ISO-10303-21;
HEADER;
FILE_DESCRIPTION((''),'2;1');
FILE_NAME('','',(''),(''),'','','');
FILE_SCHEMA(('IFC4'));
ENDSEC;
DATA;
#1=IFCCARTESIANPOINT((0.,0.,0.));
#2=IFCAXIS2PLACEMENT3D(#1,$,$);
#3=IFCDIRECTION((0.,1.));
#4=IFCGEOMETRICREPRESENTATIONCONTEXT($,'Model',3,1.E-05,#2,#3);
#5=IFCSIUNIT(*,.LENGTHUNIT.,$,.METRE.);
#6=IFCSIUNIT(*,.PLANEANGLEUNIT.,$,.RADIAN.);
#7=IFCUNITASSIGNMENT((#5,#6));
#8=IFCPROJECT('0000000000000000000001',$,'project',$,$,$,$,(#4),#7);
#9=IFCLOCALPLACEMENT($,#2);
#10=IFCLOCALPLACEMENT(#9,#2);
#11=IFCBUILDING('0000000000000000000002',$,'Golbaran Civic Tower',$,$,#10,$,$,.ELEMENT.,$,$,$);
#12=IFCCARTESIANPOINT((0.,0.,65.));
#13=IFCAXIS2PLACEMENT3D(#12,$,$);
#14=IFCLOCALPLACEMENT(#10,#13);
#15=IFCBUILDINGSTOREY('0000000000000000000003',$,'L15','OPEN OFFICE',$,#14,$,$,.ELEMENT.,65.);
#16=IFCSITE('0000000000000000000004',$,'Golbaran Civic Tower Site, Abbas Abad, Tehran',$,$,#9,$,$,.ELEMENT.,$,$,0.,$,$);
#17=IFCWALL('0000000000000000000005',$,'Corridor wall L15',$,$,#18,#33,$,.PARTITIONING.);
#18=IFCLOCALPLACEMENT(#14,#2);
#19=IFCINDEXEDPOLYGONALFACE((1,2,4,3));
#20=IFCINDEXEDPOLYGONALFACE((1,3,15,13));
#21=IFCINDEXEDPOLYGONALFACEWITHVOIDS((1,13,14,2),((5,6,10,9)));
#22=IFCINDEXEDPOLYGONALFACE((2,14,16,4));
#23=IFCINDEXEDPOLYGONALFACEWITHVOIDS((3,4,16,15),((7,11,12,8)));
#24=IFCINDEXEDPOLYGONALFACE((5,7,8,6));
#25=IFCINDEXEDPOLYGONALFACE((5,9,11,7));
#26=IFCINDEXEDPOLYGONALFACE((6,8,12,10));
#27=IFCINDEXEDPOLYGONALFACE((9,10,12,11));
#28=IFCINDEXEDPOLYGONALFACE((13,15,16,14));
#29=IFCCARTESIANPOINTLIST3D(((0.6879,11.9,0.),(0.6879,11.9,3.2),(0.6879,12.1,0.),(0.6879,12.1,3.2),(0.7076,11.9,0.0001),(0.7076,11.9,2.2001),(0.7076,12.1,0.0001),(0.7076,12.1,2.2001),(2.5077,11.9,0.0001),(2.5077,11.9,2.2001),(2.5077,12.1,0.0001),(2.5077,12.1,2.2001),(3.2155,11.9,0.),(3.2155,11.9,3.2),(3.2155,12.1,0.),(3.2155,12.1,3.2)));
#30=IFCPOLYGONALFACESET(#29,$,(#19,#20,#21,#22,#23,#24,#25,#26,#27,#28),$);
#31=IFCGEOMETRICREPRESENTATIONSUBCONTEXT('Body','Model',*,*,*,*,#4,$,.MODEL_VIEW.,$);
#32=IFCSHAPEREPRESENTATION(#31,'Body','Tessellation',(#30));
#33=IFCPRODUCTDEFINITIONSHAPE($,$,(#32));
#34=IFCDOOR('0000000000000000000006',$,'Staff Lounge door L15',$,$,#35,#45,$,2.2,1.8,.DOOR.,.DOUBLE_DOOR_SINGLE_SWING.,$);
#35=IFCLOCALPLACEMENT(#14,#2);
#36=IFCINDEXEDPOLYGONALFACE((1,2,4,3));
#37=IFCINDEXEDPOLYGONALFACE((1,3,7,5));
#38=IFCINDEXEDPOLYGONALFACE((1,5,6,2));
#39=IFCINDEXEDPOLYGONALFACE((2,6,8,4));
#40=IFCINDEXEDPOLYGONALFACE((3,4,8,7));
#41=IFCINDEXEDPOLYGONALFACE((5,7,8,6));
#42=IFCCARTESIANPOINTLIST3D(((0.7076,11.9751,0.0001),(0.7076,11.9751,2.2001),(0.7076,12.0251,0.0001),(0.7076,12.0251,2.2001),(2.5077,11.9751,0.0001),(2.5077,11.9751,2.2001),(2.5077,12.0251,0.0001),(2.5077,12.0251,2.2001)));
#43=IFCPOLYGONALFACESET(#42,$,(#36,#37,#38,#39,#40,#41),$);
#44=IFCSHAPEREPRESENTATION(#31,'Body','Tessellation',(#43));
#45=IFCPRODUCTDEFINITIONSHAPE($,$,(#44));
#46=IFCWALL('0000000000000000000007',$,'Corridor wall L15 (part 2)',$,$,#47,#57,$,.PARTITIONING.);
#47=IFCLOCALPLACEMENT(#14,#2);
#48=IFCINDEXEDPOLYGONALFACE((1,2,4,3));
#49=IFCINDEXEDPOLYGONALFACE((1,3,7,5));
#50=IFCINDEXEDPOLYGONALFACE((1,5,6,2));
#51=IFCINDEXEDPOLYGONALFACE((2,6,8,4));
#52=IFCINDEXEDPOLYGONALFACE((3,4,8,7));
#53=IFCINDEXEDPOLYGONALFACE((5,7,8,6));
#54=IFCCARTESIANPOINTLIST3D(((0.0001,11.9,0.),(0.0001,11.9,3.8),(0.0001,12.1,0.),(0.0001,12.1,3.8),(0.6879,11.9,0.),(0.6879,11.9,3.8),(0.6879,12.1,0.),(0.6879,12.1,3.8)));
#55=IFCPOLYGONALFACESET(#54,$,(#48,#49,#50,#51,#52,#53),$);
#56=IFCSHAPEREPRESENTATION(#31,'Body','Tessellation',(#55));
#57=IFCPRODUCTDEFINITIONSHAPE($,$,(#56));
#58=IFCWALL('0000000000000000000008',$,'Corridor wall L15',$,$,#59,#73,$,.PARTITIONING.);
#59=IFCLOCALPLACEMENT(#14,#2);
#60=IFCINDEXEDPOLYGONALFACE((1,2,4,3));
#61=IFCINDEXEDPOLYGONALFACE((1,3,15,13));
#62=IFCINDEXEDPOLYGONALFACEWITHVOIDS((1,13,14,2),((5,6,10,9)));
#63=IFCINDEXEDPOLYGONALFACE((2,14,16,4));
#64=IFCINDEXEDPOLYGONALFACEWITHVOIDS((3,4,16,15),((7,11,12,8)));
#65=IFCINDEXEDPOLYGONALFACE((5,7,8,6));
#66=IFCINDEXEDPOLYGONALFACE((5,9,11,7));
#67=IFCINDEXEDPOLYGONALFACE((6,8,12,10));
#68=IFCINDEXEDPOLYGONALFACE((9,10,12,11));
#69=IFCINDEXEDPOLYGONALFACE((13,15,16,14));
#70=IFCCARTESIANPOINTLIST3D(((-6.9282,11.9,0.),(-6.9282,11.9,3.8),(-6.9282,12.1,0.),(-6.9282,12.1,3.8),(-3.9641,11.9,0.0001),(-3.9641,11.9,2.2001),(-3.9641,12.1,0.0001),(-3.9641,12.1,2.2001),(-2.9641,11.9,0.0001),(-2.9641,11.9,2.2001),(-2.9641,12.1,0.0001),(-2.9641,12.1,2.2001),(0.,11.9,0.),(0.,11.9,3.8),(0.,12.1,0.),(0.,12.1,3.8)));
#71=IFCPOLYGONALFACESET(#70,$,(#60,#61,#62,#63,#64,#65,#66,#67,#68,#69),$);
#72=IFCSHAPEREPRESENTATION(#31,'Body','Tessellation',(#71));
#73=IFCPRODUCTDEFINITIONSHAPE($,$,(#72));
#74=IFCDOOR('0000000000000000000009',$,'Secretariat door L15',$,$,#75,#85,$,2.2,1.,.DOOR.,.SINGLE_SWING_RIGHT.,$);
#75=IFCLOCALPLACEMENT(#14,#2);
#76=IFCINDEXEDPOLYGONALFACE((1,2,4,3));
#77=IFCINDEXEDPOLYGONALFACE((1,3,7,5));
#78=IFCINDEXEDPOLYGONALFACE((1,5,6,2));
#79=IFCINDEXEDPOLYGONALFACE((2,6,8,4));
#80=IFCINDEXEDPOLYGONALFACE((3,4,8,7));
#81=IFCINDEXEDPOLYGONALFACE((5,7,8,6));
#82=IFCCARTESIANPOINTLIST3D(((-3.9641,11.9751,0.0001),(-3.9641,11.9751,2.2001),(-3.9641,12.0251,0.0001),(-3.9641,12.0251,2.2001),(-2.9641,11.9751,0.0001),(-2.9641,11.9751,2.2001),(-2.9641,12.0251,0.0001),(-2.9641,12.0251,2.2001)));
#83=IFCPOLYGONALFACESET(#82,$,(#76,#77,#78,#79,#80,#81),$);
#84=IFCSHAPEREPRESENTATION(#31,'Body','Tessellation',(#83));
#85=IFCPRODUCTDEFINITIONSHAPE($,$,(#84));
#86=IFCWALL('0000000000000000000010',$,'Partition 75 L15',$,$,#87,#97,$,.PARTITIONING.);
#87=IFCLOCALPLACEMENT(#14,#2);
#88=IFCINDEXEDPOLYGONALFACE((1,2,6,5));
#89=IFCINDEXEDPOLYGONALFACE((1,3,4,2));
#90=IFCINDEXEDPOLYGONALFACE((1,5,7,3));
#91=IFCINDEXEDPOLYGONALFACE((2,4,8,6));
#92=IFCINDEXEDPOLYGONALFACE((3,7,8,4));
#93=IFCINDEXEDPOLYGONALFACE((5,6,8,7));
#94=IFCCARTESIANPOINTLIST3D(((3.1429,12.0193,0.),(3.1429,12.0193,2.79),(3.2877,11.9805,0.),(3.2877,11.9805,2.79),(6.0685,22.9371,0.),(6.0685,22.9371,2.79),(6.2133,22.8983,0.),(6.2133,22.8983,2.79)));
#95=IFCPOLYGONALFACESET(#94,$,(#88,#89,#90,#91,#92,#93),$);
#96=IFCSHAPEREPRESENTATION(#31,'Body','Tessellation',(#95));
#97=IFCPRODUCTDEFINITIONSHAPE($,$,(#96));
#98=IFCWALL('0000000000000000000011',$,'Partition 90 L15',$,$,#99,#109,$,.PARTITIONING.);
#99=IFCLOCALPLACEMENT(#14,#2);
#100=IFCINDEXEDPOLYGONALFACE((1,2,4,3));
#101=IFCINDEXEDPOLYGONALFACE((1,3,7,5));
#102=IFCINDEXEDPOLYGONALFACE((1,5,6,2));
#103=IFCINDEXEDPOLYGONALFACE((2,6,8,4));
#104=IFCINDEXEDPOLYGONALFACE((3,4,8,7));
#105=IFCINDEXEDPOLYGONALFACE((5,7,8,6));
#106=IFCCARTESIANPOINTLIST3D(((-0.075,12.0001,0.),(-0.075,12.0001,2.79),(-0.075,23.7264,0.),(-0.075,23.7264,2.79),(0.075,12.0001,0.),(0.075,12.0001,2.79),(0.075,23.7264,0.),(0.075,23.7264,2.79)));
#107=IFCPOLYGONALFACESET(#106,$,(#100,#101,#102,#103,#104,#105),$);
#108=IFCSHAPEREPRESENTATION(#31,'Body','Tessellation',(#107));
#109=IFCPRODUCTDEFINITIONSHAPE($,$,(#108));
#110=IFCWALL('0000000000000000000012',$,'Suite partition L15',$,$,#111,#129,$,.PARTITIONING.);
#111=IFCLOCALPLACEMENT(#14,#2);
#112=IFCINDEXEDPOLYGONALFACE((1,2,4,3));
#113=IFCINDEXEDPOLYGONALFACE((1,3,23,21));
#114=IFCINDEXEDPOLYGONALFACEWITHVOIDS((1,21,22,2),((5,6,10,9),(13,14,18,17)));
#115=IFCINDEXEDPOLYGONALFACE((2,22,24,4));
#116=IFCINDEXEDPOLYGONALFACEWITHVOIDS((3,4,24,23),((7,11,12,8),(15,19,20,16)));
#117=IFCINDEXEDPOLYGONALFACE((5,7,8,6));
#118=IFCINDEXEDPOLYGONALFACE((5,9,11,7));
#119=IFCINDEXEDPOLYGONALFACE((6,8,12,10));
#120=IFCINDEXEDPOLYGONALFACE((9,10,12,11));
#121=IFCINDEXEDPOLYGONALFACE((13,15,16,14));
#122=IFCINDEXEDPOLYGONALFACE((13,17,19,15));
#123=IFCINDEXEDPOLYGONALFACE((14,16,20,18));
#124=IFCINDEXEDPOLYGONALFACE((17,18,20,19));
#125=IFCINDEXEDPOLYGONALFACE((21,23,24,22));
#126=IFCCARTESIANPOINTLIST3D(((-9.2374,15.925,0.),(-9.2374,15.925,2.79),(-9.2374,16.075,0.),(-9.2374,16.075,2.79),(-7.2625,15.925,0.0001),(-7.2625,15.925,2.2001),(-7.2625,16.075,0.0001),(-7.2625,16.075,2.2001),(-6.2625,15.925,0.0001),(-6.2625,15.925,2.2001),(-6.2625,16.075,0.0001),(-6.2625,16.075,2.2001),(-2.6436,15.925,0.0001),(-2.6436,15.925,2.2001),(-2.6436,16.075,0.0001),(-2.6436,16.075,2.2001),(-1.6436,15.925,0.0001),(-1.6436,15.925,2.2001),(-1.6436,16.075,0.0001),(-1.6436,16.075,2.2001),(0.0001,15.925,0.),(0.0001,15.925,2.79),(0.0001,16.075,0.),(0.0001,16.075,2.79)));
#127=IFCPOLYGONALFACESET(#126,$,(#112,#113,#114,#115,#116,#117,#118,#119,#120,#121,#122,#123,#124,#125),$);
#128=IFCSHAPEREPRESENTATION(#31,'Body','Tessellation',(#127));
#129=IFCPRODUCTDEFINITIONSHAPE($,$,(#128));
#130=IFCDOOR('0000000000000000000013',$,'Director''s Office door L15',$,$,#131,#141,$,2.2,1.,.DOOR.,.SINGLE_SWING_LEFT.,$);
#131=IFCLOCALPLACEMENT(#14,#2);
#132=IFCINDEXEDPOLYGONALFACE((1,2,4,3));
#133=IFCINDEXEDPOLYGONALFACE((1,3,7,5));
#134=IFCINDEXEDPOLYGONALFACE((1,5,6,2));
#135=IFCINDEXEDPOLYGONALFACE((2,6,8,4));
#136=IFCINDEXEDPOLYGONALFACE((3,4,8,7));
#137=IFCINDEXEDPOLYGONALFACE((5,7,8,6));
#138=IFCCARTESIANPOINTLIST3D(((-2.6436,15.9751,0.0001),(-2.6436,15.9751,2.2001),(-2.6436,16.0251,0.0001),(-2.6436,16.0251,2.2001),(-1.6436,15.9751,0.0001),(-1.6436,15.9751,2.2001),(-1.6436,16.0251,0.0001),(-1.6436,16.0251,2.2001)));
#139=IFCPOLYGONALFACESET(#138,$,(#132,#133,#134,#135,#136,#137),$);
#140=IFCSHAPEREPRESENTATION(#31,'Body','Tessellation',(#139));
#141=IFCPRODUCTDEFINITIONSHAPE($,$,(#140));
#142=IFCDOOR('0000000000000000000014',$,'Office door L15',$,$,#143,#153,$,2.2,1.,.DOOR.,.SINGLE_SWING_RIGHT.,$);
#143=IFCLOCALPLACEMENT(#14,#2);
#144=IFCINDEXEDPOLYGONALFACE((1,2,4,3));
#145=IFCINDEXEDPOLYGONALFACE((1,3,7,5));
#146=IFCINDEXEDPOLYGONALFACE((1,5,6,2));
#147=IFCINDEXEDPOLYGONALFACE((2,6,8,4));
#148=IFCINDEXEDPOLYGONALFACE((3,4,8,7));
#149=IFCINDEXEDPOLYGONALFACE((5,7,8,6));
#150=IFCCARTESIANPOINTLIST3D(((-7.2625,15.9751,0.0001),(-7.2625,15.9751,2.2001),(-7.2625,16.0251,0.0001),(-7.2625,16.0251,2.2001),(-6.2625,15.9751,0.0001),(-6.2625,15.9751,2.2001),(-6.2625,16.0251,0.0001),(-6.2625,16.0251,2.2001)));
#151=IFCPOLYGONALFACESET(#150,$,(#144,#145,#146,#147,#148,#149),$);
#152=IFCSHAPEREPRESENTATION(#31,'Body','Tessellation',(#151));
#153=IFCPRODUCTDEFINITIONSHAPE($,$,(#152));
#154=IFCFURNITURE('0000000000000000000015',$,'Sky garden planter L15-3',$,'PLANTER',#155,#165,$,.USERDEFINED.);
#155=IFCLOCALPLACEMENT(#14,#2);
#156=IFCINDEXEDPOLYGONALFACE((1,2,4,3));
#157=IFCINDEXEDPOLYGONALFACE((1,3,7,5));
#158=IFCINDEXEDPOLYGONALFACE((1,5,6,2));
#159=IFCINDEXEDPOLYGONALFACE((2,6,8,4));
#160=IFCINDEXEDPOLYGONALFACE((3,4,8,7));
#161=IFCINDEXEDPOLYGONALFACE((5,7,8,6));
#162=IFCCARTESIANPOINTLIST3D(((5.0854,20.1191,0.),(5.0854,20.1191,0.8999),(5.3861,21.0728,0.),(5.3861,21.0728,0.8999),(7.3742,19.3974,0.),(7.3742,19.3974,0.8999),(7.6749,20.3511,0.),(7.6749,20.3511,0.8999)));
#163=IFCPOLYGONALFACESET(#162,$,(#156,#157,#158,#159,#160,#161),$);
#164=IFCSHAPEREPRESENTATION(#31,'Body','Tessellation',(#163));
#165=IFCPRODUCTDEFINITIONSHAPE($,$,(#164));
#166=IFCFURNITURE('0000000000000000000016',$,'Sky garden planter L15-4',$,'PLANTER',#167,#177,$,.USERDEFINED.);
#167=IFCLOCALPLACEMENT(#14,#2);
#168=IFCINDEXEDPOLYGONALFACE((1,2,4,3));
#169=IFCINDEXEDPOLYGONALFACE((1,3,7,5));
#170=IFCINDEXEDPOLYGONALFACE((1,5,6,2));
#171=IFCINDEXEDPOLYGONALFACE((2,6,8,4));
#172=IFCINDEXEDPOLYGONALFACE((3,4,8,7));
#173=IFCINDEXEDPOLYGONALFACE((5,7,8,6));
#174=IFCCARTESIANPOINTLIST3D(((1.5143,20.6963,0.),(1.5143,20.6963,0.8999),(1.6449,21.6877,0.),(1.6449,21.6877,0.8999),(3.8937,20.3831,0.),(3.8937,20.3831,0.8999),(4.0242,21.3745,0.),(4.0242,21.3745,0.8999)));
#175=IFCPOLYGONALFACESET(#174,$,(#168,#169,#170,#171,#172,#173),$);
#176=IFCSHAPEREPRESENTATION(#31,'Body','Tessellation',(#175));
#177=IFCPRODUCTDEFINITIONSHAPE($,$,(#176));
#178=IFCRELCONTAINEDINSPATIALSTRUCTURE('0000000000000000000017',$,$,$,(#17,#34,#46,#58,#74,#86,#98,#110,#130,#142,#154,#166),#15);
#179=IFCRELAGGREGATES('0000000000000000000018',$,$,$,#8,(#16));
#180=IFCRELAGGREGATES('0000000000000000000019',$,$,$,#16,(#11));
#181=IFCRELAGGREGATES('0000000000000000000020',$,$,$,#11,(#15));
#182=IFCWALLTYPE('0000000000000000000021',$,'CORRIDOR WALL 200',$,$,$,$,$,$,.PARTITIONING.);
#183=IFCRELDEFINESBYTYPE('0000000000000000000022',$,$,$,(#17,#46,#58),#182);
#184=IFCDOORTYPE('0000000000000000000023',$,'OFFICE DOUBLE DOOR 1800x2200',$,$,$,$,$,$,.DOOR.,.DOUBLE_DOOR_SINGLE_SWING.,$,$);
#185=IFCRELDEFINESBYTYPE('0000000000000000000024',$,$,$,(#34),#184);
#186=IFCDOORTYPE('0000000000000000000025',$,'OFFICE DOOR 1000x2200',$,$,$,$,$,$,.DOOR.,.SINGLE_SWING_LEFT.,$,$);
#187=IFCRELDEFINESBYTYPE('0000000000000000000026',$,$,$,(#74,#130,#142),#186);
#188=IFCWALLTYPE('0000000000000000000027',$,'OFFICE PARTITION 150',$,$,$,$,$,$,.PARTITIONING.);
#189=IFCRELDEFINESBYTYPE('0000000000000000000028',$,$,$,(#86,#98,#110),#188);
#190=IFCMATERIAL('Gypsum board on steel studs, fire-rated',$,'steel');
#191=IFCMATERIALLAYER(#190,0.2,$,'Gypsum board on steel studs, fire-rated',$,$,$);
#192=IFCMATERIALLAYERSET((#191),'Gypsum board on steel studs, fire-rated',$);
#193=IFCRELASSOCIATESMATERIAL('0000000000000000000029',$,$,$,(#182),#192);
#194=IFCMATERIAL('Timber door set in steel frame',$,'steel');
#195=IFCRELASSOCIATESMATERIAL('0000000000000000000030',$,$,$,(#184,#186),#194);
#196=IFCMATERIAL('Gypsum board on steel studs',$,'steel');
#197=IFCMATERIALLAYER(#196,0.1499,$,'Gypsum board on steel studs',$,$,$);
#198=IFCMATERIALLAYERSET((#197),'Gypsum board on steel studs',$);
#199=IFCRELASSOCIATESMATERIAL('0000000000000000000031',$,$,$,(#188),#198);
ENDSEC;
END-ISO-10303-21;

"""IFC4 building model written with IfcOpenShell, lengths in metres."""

from ifc_helpers import new_model, si_unit, direction, frame, frame_2d, origin, origin_2d, place, context, subcontext, project, spatial, rectangle, extrude, material, layer, layer_set, type_object, element, fill, save


model = new_model("IFC4")

# Units and contexts
model_context = context("Model", 3, precision=1e-05, world=origin(), true_north=direction((0.0, 1.0)))
body_context = subcontext(model_context, "Body", "Model", "MODEL_VIEW")
ifc_project = project(units=[si_unit("LENGTHUNIT", "METRE"), si_unit("PLANEANGLEUNIT", "RADIAN")], contexts=[model_context])

# Site, building, storey
site_placement = place(None, origin())
site = spatial("IfcSite", under=ifc_project, at=site_placement, Name="Golbaran Civic Tower Site, Abbas Abad, Tehran", CompositionType="ELEMENT", RefElevation=0.0)
building_placement = place(site_placement, origin())
building = spatial("IfcBuilding", under=site, at=building_placement, Name="Golbaran Civic Tower", CompositionType="ELEMENT")
storey_placement = place(building_placement, frame((0.0, 0.0, 65.0)))
storey = spatial("IfcBuildingStorey", under=building, at=storey_placement, Name="L15", Description="OPEN OFFICE", CompositionType="ELEMENT", Elevation=65.0)

# Wall, opening, door
ifc_material_1 = material(Name="Gypsum board on steel studs, fire-rated", Category="steel")
ifc_layer_1 = layer(ifc_material_1, 0.2, Name="Gypsum board on steel studs, fire-rated")
ifc_layer_set_1 = layer_set([ifc_layer_1], Name="Gypsum board on steel studs, fire-rated")
wall_type_1 = type_object("IfcWallType", Name="CORRIDOR WALL 200", PredefinedType="PARTITIONING", material=ifc_layer_set_1)
wall_1_placement = place(storey_placement, frame((3.2153, 12.0, 0.0), z_axis=(0.0, 0.0, 1.0), x_axis=(-1.0, 0.0, 0.0)))
wall_1 = element("IfcWall", 1, at=wall_1_placement, inside=storey, type_object=wall_type_1, Name="Corridor wall L15", PredefinedType="PARTITIONING", context=body_context, shape_type="SweptSolid", body=[
    extrude(rectangle(XDim=2.5276, YDim=0.2, at=frame_2d((1.2637, 0.0))), origin(), (0.0, 0.0, 1.0), 3.2),
])
opening_1_placement = place(wall_1_placement, frame((0.7078, 0.0, 0.0)))
opening_1 = element("IfcOpeningElement", 2, at=opening_1_placement, cuts=wall_1, PredefinedType="OPENING", context=body_context, shape_type="SweptSolid", body=[
    extrude(rectangle(XDim=1.8, YDim=2.2, at=frame_2d((0.8999, 1.1001))), frame((0.0, 0.1099, 0.0), z_axis=(0.0, -1.0, 0.0), x_axis=(1.0, 0.0, 0.0)), (0.0, 0.0, 1.0), 0.22),
])
ifc_material_2 = material(Name="Timber door set in steel frame", Category="steel")
door_type_1 = type_object("IfcDoorType", Name="OFFICE DOUBLE DOOR 1800x2200", OperationType="DOUBLE_DOOR_SINGLE_SWING", PredefinedType="DOOR", material=ifc_material_2)
door_1_placement = place(opening_1_placement, origin())
door_1 = element("IfcDoor", 3, at=door_1_placement, inside=storey, type_object=door_type_1, Name="Staff Lounge door L15", OperationType="DOUBLE_DOOR_SINGLE_SWING", OverallHeight=2.2, OverallWidth=1.8, PredefinedType="DOOR", context=body_context, shape_type="SweptSolid", body=[
    extrude(rectangle(XDim=1.8, YDim=2.2, at=frame_2d((0.8999, 1.1001))), frame((0.0, 0.0249, 0.0), z_axis=(0.0, -1.0, 0.0), x_axis=(1.0, 0.0, 0.0)), (0.0, 0.0, 1.0), 0.05),
])
fill(opening_1, door_1)

# Wall
wall_2_placement = place(storey_placement, frame((0.6877, 12.0, 0.0), z_axis=(0.0, 0.0, 1.0), x_axis=(-1.0, 0.0, 0.0)))
element("IfcWall", 4, at=wall_2_placement, inside=storey, type_object=wall_type_1, Name="Corridor wall L15 (part 2)", PredefinedType="PARTITIONING", context=body_context, shape_type="SweptSolid", body=[
    extrude(rectangle(XDim=0.6877, YDim=0.2, at=frame_2d((0.3438, 0.0))), origin(), (0.0, 0.0, 1.0), 3.8),
])

# Wall, opening, door
wall_3_placement = place(storey_placement, frame((0.0, 12.0, 0.0), z_axis=(0.0, 0.0, 1.0), x_axis=(-1.0, 0.0, 0.0)))
wall_3 = element("IfcWall", 5, at=wall_3_placement, inside=storey, type_object=wall_type_1, Name="Corridor wall L15", PredefinedType="PARTITIONING", context=body_context, shape_type="SweptSolid", body=[
    extrude(rectangle(XDim=6.9282, YDim=0.2, at=frame_2d((3.4641, 0.0))), origin(), (0.0, 0.0, 1.0), 3.8),
])
opening_2_placement = place(wall_3_placement, frame((2.9641, 0.0, 0.0)))
opening_2 = element("IfcOpeningElement", 6, at=opening_2_placement, cuts=wall_3, PredefinedType="OPENING", context=body_context, shape_type="SweptSolid", body=[
    extrude(rectangle(XDim=1.0, YDim=2.2, at=frame_2d((0.5, 1.1001))), frame((0.0, 0.1099, 0.0), z_axis=(0.0, -1.0, 0.0), x_axis=(1.0, 0.0, 0.0)), (0.0, 0.0, 1.0), 0.22),
])
door_type_2 = type_object("IfcDoorType", Name="OFFICE DOOR 1000x2200", OperationType="SINGLE_SWING_LEFT", PredefinedType="DOOR", material=ifc_material_2)
door_2_placement = place(opening_2_placement, origin())
door_2 = element("IfcDoor", 7, at=door_2_placement, inside=storey, type_object=door_type_2, Name="Secretariat door L15", OperationType="SINGLE_SWING_RIGHT", OverallHeight=2.2, OverallWidth=1.0, PredefinedType="DOOR", context=body_context, shape_type="SweptSolid", body=[
    extrude(rectangle(XDim=1.0, YDim=2.2, at=frame_2d((0.5, 1.1001))), frame((0.0, 0.0249, 0.0), z_axis=(0.0, -1.0, 0.0), x_axis=(1.0, 0.0, 0.0)), (0.0, 0.0, 1.0), 0.05),
])
fill(opening_2, door_2)

# Walls
ifc_material_3 = material(Name="Gypsum board on steel studs", Category="steel")
ifc_layer_2 = layer(ifc_material_3, 0.1499, Name="Gypsum board on steel studs")
ifc_layer_set_2 = layer_set([ifc_layer_2], Name="Gypsum board on steel studs")
wall_type_2 = type_object("IfcWallType", Name="OFFICE PARTITION 150", PredefinedType="PARTITIONING", material=ifc_layer_set_2)
wall_4_placement = place(storey_placement, frame((3.2153, 12.0, 0.0), z_axis=(0.0, 0.0, 1.0), x_axis=(0.258831, 0.965923, 0.0)))
element("IfcWall", 8, at=wall_4_placement, inside=storey, type_object=wall_type_2, Name="Partition 75 L15", PredefinedType="PARTITIONING", context=body_context, shape_type="SweptSolid", body=[
    extrude(rectangle(XDim=11.303, YDim=0.1499, at=frame_2d((5.6514, 0.0))), origin(), (0.0, 0.0, 1.0), 2.79),
])
wall_5_placement = place(storey_placement, frame((0.0, 12.0, 0.0), z_axis=(0.0, 0.0, 1.0), x_axis=(0.0, 1.0, 0.0)))
element("IfcWall", 9, at=wall_5_placement, inside=storey, type_object=wall_type_2, Name="Partition 90 L15", PredefinedType="PARTITIONING", context=body_context, shape_type="SweptSolid", body=[
    extrude(rectangle(XDim=11.7263, YDim=0.1499, at=frame_2d((5.8633, 0.0))), origin(), (0.0, 0.0, 1.0), 2.79),
])

# Wall, openings, doors
wall_6_placement = place(storey_placement, frame((0.0, 16.0, 0.0), z_axis=(0.0, 0.0, 1.0), x_axis=(-1.0, 0.0, 0.0)))
wall_6 = element("IfcWall", 10, at=wall_6_placement, inside=storey, type_object=wall_type_2, Name="Suite partition L15", PredefinedType="PARTITIONING", context=body_context, shape_type="SweptSolid", body=[
    extrude(rectangle(XDim=9.2375, YDim=0.1499, at=frame_2d((4.6187, 0.0))), origin(), (0.0, 0.0, 1.0), 2.79),
])
opening_3_placement = place(wall_6_placement, frame((1.6436, 0.0, 0.0)))
opening_3 = element("IfcOpeningElement", 11, at=opening_3_placement, cuts=wall_6, PredefinedType="OPENING", context=body_context, shape_type="SweptSolid", body=[
    extrude(rectangle(XDim=1.0, YDim=2.2, at=frame_2d((0.5, 1.1001))), frame((0.0, 0.085, 0.0), z_axis=(0.0, -1.0, 0.0), x_axis=(1.0, 0.0, 0.0)), (0.0, 0.0, 1.0), 0.1699),
])
opening_4_placement = place(wall_6_placement, frame((6.2625, 0.0, 0.0)))
opening_4 = element("IfcOpeningElement", 12, at=opening_4_placement, cuts=wall_6, PredefinedType="OPENING", context=body_context, shape_type="SweptSolid", body=[
    extrude(rectangle(XDim=1.0, YDim=2.2, at=frame_2d((0.5, 1.1001))), frame((0.0, 0.085, 0.0), z_axis=(0.0, -1.0, 0.0), x_axis=(1.0, 0.0, 0.0)), (0.0, 0.0, 1.0), 0.1699),
])
door_3_placement = place(opening_3_placement, origin())
door_3 = element("IfcDoor", 13, at=door_3_placement, inside=storey, type_object=door_type_2, Name="Director's Office door L15", OperationType="SINGLE_SWING_LEFT", OverallHeight=2.2, OverallWidth=1.0, PredefinedType="DOOR", context=body_context, shape_type="SweptSolid", body=[
    extrude(rectangle(XDim=1.0, YDim=2.2, at=frame_2d((0.5, 1.1001))), frame((0.0, 0.0249, 0.0), z_axis=(0.0, -1.0, 0.0), x_axis=(1.0, 0.0, 0.0)), (0.0, 0.0, 1.0), 0.05),
])
fill(opening_3, door_3)
door_4_placement = place(opening_4_placement, origin())
door_4 = element("IfcDoor", 14, at=door_4_placement, inside=storey, type_object=door_type_2, Name="Office door L15", OperationType="SINGLE_SWING_RIGHT", OverallHeight=2.2, OverallWidth=1.0, PredefinedType="DOOR", context=body_context, shape_type="SweptSolid", body=[
    extrude(rectangle(XDim=1.0, YDim=2.2, at=frame_2d((0.5, 1.1001))), frame((0.0, 0.0249, 0.0), z_axis=(0.0, -1.0, 0.0), x_axis=(1.0, 0.0, 0.0)), (0.0, 0.0, 1.0), 0.05),
])
fill(opening_4, door_4)

# Furniture
for number, where, z_axis, x_axis, name in (
    (15, (6.3801, 20.2351, 0.0), (0.0, 0.0, 1.0), (-0.953717, 0.300706, 0.0), "Sky garden planter L15-3"),
    (16, (2.7693, 21.0354, 0.0), (0.0, 0.0, 1.0), (-0.991445, 0.130526, 0.0), "Sky garden planter L15-4"),
):
    element("IfcFurniture", number, at=place(storey_placement, frame(where, z_axis=z_axis, x_axis=x_axis)), inside=storey, Name=name, ObjectType="PLANTER", PredefinedType="USERDEFINED", context=body_context, shape_type="SweptSolid", body=[
        extrude(rectangle(XDim=2.3999, YDim=1.0, at=origin_2d()), origin(), (0.0, 0.0, 1.0), 0.8999),
    ])

save(model, "model.ifc")
